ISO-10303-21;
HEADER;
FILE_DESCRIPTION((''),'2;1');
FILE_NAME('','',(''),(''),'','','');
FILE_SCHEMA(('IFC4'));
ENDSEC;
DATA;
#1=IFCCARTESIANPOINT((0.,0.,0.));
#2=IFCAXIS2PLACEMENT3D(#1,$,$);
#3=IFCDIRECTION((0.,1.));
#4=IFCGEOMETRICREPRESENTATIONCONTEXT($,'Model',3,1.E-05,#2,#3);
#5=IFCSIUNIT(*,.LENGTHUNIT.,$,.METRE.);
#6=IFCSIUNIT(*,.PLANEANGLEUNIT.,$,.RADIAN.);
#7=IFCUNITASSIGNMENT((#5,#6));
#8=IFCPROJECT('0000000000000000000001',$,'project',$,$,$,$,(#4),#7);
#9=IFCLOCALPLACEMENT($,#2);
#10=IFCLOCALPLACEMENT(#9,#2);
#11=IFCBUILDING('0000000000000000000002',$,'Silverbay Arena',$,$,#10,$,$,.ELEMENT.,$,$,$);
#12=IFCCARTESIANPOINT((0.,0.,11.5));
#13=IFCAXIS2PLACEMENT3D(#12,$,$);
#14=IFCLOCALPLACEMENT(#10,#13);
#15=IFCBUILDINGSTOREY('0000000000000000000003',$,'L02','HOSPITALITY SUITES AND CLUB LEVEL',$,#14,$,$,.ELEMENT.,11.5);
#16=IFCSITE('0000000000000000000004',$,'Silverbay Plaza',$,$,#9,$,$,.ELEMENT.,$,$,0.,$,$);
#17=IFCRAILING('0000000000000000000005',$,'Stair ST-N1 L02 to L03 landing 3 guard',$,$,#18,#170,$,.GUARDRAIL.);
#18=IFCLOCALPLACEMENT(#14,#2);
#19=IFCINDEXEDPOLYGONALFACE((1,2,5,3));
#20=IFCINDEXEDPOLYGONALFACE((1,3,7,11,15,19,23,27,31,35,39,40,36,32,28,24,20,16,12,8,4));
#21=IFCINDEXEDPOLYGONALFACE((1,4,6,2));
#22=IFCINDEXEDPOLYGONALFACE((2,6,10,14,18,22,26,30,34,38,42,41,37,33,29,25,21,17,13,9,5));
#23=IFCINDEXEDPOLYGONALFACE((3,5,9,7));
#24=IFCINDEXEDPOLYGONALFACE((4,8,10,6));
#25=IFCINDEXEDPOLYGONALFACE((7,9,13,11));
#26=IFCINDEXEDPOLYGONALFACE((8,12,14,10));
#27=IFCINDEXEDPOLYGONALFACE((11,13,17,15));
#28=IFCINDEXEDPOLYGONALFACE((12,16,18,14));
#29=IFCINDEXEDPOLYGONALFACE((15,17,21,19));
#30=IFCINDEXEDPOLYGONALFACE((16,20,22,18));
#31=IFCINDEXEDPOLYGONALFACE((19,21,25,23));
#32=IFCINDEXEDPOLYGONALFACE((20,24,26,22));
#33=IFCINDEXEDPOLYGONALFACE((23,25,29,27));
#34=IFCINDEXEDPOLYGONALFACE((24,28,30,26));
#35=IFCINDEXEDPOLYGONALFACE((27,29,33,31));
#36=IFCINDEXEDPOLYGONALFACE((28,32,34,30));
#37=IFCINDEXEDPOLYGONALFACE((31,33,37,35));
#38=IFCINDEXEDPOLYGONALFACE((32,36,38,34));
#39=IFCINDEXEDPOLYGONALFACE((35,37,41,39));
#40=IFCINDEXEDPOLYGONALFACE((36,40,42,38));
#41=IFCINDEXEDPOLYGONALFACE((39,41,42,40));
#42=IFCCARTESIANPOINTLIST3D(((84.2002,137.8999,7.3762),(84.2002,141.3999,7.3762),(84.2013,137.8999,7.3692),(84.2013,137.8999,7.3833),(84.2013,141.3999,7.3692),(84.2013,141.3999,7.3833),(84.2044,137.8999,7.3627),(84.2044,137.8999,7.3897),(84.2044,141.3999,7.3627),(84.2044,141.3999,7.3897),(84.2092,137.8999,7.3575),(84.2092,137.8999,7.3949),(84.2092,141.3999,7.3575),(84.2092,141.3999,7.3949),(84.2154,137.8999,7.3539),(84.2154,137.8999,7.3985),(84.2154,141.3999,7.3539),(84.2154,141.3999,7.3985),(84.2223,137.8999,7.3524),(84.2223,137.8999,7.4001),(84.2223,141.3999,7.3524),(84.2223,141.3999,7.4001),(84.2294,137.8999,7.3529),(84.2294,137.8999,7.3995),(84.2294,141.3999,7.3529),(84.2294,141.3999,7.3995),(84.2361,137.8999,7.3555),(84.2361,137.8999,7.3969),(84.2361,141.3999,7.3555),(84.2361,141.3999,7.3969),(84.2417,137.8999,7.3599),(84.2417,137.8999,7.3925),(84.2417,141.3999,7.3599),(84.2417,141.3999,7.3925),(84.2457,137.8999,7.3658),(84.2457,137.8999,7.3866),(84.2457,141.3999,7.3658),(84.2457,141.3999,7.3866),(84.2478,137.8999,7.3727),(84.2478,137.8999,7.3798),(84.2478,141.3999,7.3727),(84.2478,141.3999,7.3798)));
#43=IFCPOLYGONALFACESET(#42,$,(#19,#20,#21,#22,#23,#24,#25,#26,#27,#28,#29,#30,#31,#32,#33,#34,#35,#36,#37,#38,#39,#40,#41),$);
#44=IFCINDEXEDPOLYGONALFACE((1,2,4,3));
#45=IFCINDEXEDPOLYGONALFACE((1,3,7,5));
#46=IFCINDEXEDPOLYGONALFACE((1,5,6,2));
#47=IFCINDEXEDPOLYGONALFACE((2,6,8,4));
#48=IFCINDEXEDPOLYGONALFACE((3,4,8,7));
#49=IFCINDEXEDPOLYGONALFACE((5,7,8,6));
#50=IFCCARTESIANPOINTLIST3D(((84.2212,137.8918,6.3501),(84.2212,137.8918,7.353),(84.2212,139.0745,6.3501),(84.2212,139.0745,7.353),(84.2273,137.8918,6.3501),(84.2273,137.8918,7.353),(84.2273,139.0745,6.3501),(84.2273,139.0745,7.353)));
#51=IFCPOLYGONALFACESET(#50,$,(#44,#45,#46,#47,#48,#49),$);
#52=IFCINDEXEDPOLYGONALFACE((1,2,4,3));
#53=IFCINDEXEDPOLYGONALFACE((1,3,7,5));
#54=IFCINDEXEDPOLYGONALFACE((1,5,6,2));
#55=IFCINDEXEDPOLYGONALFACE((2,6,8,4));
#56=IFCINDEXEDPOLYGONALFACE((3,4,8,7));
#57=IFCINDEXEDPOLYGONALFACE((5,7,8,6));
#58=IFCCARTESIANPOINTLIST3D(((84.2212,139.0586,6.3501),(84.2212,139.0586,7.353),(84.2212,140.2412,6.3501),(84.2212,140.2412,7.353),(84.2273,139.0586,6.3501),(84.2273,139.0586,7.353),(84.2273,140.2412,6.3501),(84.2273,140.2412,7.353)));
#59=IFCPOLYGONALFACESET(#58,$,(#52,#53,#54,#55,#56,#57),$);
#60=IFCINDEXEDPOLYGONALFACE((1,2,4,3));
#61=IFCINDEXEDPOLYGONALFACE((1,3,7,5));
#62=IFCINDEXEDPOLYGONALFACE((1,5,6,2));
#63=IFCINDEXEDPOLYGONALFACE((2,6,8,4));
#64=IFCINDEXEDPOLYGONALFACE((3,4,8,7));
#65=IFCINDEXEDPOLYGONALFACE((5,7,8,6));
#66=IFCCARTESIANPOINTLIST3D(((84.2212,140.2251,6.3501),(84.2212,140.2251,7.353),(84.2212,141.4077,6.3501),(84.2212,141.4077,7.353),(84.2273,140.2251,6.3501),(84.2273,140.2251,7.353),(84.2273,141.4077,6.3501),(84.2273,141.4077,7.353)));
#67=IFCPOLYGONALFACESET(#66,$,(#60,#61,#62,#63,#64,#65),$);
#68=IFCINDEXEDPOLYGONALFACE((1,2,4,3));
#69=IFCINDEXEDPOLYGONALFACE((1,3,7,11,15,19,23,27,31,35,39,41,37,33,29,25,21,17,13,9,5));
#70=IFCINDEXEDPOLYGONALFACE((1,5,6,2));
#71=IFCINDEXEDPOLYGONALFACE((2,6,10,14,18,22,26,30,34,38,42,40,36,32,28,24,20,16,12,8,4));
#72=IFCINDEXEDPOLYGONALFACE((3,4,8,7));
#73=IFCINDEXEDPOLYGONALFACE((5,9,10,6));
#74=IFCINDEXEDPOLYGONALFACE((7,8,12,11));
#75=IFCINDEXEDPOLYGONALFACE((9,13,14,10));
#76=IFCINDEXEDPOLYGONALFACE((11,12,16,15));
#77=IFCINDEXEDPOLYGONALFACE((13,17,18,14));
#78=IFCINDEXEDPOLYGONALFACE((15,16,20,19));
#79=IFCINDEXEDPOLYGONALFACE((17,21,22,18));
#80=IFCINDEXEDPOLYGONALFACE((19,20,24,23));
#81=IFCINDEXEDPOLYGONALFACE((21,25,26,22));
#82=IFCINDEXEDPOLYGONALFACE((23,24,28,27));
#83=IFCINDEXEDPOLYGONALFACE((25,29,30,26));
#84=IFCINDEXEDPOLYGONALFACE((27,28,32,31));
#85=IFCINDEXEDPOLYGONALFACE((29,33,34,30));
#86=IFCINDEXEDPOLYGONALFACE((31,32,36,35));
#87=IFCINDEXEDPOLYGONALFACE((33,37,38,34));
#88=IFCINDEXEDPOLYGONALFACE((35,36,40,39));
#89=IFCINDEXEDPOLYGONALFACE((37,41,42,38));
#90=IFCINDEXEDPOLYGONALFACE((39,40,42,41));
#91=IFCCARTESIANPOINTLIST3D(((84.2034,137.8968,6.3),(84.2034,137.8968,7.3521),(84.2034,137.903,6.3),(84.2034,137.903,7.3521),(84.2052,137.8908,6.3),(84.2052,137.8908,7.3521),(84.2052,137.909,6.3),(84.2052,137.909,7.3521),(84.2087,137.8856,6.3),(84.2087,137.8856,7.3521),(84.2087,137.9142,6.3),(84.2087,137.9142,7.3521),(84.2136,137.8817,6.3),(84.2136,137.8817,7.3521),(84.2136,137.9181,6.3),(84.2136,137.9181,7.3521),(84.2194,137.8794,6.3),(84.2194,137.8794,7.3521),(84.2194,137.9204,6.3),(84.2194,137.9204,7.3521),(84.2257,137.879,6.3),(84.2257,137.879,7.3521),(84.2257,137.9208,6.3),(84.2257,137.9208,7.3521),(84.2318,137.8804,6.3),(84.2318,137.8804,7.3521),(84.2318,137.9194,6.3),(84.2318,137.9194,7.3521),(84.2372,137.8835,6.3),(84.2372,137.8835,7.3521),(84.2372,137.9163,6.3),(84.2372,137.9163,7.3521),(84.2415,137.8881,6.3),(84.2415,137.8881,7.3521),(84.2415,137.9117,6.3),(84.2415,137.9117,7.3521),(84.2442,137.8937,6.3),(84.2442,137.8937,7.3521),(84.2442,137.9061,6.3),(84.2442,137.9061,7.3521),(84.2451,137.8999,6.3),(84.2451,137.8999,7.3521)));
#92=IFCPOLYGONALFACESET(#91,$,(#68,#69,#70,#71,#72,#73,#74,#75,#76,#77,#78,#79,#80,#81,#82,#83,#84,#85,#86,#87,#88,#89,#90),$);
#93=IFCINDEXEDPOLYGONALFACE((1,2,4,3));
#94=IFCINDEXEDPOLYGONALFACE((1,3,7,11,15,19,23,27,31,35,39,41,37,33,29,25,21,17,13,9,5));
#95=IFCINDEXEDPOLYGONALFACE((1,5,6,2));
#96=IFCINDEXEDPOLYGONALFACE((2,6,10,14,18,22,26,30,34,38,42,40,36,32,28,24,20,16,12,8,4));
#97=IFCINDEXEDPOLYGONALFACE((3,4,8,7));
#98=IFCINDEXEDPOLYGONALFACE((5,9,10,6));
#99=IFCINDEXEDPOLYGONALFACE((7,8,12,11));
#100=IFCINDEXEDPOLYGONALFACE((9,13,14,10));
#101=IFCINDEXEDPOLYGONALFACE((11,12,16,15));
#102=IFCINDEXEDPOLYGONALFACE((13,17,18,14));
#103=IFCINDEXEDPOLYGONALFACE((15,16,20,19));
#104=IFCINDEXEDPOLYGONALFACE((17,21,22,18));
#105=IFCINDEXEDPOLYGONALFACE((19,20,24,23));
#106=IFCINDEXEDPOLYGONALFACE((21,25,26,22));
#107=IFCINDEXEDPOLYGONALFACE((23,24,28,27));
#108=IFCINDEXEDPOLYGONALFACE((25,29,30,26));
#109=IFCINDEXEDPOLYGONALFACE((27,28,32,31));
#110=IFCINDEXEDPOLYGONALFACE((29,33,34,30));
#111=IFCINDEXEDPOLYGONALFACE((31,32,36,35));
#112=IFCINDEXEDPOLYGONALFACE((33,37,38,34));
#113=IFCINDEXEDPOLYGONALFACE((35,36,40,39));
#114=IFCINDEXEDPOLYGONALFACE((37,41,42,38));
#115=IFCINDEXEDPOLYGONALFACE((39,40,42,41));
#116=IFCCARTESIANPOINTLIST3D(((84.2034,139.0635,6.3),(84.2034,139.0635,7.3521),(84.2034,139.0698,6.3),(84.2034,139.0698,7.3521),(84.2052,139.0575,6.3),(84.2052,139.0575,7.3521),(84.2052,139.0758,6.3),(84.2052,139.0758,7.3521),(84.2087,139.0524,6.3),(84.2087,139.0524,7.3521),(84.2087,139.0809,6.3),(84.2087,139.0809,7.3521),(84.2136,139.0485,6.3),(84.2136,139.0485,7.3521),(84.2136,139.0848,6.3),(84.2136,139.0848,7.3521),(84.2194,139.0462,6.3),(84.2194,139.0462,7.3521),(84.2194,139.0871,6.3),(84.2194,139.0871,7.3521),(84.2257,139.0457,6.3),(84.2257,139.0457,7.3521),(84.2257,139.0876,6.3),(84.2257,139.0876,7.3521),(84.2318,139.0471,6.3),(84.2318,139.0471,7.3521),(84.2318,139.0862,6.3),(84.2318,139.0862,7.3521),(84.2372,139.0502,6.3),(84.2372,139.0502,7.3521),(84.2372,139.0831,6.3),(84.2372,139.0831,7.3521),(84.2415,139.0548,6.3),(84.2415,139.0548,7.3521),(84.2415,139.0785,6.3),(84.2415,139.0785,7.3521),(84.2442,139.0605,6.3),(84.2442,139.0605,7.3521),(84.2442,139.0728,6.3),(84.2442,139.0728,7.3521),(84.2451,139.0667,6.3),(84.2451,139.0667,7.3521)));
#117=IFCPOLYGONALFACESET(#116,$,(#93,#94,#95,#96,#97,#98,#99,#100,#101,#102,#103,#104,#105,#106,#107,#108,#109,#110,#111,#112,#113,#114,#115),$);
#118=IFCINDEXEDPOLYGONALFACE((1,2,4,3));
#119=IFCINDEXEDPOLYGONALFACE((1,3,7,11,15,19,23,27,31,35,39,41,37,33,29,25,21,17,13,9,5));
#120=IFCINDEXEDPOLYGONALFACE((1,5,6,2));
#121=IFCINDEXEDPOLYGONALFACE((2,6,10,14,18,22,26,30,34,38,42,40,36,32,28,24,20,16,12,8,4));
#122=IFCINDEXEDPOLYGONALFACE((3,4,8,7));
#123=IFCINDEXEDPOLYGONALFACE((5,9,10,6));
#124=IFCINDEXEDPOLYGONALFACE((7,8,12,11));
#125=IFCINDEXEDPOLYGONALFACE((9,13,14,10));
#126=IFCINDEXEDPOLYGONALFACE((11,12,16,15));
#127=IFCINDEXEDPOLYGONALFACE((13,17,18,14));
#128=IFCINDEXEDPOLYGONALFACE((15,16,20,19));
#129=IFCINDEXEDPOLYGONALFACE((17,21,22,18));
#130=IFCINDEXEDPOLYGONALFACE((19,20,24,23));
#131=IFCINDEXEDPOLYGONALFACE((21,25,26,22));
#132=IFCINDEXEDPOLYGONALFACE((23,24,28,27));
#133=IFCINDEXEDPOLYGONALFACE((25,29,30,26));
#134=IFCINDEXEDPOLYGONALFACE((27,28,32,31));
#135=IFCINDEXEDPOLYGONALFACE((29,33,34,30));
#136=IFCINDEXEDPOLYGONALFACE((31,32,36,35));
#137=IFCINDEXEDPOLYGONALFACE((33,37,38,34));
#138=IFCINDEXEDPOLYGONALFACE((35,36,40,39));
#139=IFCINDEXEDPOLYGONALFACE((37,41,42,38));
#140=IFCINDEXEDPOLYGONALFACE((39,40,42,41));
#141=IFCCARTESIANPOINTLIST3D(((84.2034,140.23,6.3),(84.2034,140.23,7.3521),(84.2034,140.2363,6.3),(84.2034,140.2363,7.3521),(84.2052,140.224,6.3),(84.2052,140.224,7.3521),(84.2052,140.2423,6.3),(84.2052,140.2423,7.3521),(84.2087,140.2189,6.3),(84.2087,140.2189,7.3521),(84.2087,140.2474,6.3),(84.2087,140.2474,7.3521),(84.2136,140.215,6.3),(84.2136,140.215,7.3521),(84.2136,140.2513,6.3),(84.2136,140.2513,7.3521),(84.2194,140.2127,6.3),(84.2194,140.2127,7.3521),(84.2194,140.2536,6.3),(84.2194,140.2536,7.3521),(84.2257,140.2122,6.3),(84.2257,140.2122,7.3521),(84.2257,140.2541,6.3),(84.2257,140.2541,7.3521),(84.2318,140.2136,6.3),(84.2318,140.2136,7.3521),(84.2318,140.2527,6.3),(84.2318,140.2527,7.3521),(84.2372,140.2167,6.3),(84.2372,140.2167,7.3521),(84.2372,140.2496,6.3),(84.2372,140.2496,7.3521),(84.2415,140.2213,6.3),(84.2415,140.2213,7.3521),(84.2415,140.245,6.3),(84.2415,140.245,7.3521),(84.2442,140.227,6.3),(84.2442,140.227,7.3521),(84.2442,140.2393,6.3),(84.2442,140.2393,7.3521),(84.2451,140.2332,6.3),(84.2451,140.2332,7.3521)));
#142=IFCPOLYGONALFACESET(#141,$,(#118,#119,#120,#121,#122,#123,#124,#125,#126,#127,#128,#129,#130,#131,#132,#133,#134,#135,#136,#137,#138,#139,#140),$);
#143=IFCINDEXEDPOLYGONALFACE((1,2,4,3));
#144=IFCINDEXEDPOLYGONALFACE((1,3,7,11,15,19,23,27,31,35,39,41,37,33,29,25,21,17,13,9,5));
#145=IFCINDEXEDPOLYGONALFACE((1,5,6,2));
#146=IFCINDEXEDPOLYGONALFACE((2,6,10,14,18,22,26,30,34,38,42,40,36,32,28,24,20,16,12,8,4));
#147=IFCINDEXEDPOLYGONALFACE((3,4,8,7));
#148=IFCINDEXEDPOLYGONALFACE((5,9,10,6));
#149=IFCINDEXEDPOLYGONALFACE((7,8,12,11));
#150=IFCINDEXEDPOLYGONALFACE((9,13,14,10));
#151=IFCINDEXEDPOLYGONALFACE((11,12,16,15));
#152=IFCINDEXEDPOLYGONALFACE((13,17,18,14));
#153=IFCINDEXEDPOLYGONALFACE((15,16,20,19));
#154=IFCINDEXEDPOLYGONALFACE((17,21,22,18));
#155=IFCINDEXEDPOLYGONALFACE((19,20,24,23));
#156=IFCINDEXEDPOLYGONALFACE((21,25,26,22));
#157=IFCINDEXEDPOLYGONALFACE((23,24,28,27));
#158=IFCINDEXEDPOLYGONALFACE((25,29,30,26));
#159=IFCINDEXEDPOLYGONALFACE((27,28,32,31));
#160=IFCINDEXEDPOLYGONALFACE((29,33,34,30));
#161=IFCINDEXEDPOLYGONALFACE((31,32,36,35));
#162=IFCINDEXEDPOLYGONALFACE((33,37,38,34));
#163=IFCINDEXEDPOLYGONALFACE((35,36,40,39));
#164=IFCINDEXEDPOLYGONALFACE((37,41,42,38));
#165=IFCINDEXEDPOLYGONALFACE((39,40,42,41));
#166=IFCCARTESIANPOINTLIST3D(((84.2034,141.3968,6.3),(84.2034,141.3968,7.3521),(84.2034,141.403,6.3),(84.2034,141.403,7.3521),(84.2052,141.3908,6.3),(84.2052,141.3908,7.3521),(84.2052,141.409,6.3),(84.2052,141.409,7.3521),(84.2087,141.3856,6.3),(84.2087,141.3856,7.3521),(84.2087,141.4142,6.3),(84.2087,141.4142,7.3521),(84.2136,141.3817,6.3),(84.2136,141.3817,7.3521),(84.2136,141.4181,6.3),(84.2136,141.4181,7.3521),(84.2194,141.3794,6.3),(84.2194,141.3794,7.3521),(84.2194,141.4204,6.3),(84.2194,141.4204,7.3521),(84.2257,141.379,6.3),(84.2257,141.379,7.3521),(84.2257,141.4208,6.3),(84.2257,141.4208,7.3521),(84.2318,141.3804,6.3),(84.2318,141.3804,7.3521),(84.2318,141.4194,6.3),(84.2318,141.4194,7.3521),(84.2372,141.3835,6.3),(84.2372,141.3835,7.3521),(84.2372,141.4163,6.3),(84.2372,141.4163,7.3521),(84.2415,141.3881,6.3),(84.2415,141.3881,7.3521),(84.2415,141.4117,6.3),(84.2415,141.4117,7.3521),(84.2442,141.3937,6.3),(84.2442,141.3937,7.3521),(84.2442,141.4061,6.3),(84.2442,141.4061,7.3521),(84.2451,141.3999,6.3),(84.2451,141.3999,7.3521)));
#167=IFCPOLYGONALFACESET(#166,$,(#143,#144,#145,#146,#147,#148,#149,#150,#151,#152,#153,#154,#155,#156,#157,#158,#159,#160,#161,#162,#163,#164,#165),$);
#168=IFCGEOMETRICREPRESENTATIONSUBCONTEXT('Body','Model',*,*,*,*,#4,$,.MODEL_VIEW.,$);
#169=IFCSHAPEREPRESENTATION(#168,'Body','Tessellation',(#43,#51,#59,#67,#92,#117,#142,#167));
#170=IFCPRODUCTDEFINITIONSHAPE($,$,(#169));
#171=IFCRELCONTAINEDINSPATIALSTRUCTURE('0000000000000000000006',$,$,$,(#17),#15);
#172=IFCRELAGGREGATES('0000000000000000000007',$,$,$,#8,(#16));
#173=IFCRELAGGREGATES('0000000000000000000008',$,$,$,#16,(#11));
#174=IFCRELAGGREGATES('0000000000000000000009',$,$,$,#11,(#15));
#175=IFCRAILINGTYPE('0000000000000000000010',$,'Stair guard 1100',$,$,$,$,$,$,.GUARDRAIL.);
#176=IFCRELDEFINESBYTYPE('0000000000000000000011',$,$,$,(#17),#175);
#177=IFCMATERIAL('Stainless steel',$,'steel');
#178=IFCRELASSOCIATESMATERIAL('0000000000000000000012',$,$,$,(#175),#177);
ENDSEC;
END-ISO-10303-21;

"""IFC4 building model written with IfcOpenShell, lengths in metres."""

from ifc_helpers import new_model, si_unit, direction, frame, origin, origin_2d, place, context, subcontext, project, spatial, polyline, circle, outline, extrude, material, type_object, element, save


model = new_model("IFC4")

# Units and contexts
model_context = context("Model", 3, precision=1e-05, world=origin(), true_north=direction((0.0, 1.0)))
body_context = subcontext(model_context, "Body", "Model", "MODEL_VIEW")
ifc_project = project(units=[si_unit("LENGTHUNIT", "METRE"), si_unit("PLANEANGLEUNIT", "RADIAN")], contexts=[model_context])

# Site, building, storey
site_placement = place(None, origin())
site = spatial("IfcSite", under=ifc_project, at=site_placement, Name="Silverbay Plaza", CompositionType="ELEMENT", RefElevation=0.0)
building_placement = place(site_placement, origin())
building = spatial("IfcBuilding", under=site, at=building_placement, Name="Silverbay Arena", CompositionType="ELEMENT")
storey_placement = place(building_placement, frame((0.0, 0.0, 11.5)))
storey = spatial("IfcBuildingStorey", under=building, at=storey_placement, Name="L02", Description="HOSPITALITY SUITES AND CLUB LEVEL", CompositionType="ELEMENT", Elevation=11.5)

# Railing
ifc_material_1 = material(Name="Stainless steel", Category="steel")
railing_type_1 = type_object("IfcRailingType", Name="Stair guard 1100", PredefinedType="GUARDRAIL", material=ifc_material_1)
for number, where, name in (
    (1, (84.2241, 137.8999, 6.3), "Stair ST-N1 L02 to L03 landing 3 guard"),
):
    element("IfcRailing", number, at=place(storey_placement, frame(where)), inside=storey, type_object=railing_type_1, Name=name, PredefinedType="GUARDRAIL", context=body_context, shape_type="SweptSolid", body=[
        extrude(circle(Radius=0.0239, at=origin_2d()), frame((0.0, 0.0, 1.0762), z_axis=(0.0, 1.0, 0.0), x_axis=(-1.0, 0.0, 0.0)), (0.0, 0.0, 1.0), 3.5),
        extrude(outline(polyline([(-0.0081, 0.05), (1.1746, 0.05), (1.1746, 1.053), (-0.0081, 1.053), (-0.0081, 0.05)])), frame((-0.0029, 0.0, 0.0), z_axis=(1.0, 0.0, 0.0), x_axis=(0.0, 1.0, 0.0)), (0.0, 0.0, 1.0), 0.0061),
        extrude(outline(polyline([(-0.0081, 0.05), (1.1746, 0.05), (1.1746, 1.053), (-0.0081, 1.053), (-0.0081, 0.05)])), frame((-0.0029, 1.1667, 0.0), z_axis=(1.0, 0.0, 0.0), x_axis=(0.0, 1.0, 0.0)), (0.0, 0.0, 1.0), 0.0061),
        extrude(outline(polyline([(-0.0081, 0.05), (1.1746, 0.05), (1.1746, 1.053), (-0.0081, 1.053), (-0.0081, 0.05)])), frame((-0.0029, 2.3333, 0.0), z_axis=(1.0, 0.0, 0.0), x_axis=(0.0, 1.0, 0.0)), (0.0, 0.0, 1.0), 0.0061),
        extrude(circle(Radius=0.021, at=origin_2d()), origin(), (0.0, 0.0, 1.0), 1.052),
        extrude(circle(Radius=0.021, at=origin_2d()), frame((0.0, 1.1667, 0.0)), (0.0, 0.0, 1.0), 1.052),
        extrude(circle(Radius=0.021, at=origin_2d()), frame((0.0, 2.3333, 0.0)), (0.0, 0.0, 1.0), 1.052),
        extrude(circle(Radius=0.021, at=origin_2d()), frame((0.0, 3.5, 0.0)), (0.0, 0.0, 1.0), 1.052),
    ])

save(model, "model.ifc")
